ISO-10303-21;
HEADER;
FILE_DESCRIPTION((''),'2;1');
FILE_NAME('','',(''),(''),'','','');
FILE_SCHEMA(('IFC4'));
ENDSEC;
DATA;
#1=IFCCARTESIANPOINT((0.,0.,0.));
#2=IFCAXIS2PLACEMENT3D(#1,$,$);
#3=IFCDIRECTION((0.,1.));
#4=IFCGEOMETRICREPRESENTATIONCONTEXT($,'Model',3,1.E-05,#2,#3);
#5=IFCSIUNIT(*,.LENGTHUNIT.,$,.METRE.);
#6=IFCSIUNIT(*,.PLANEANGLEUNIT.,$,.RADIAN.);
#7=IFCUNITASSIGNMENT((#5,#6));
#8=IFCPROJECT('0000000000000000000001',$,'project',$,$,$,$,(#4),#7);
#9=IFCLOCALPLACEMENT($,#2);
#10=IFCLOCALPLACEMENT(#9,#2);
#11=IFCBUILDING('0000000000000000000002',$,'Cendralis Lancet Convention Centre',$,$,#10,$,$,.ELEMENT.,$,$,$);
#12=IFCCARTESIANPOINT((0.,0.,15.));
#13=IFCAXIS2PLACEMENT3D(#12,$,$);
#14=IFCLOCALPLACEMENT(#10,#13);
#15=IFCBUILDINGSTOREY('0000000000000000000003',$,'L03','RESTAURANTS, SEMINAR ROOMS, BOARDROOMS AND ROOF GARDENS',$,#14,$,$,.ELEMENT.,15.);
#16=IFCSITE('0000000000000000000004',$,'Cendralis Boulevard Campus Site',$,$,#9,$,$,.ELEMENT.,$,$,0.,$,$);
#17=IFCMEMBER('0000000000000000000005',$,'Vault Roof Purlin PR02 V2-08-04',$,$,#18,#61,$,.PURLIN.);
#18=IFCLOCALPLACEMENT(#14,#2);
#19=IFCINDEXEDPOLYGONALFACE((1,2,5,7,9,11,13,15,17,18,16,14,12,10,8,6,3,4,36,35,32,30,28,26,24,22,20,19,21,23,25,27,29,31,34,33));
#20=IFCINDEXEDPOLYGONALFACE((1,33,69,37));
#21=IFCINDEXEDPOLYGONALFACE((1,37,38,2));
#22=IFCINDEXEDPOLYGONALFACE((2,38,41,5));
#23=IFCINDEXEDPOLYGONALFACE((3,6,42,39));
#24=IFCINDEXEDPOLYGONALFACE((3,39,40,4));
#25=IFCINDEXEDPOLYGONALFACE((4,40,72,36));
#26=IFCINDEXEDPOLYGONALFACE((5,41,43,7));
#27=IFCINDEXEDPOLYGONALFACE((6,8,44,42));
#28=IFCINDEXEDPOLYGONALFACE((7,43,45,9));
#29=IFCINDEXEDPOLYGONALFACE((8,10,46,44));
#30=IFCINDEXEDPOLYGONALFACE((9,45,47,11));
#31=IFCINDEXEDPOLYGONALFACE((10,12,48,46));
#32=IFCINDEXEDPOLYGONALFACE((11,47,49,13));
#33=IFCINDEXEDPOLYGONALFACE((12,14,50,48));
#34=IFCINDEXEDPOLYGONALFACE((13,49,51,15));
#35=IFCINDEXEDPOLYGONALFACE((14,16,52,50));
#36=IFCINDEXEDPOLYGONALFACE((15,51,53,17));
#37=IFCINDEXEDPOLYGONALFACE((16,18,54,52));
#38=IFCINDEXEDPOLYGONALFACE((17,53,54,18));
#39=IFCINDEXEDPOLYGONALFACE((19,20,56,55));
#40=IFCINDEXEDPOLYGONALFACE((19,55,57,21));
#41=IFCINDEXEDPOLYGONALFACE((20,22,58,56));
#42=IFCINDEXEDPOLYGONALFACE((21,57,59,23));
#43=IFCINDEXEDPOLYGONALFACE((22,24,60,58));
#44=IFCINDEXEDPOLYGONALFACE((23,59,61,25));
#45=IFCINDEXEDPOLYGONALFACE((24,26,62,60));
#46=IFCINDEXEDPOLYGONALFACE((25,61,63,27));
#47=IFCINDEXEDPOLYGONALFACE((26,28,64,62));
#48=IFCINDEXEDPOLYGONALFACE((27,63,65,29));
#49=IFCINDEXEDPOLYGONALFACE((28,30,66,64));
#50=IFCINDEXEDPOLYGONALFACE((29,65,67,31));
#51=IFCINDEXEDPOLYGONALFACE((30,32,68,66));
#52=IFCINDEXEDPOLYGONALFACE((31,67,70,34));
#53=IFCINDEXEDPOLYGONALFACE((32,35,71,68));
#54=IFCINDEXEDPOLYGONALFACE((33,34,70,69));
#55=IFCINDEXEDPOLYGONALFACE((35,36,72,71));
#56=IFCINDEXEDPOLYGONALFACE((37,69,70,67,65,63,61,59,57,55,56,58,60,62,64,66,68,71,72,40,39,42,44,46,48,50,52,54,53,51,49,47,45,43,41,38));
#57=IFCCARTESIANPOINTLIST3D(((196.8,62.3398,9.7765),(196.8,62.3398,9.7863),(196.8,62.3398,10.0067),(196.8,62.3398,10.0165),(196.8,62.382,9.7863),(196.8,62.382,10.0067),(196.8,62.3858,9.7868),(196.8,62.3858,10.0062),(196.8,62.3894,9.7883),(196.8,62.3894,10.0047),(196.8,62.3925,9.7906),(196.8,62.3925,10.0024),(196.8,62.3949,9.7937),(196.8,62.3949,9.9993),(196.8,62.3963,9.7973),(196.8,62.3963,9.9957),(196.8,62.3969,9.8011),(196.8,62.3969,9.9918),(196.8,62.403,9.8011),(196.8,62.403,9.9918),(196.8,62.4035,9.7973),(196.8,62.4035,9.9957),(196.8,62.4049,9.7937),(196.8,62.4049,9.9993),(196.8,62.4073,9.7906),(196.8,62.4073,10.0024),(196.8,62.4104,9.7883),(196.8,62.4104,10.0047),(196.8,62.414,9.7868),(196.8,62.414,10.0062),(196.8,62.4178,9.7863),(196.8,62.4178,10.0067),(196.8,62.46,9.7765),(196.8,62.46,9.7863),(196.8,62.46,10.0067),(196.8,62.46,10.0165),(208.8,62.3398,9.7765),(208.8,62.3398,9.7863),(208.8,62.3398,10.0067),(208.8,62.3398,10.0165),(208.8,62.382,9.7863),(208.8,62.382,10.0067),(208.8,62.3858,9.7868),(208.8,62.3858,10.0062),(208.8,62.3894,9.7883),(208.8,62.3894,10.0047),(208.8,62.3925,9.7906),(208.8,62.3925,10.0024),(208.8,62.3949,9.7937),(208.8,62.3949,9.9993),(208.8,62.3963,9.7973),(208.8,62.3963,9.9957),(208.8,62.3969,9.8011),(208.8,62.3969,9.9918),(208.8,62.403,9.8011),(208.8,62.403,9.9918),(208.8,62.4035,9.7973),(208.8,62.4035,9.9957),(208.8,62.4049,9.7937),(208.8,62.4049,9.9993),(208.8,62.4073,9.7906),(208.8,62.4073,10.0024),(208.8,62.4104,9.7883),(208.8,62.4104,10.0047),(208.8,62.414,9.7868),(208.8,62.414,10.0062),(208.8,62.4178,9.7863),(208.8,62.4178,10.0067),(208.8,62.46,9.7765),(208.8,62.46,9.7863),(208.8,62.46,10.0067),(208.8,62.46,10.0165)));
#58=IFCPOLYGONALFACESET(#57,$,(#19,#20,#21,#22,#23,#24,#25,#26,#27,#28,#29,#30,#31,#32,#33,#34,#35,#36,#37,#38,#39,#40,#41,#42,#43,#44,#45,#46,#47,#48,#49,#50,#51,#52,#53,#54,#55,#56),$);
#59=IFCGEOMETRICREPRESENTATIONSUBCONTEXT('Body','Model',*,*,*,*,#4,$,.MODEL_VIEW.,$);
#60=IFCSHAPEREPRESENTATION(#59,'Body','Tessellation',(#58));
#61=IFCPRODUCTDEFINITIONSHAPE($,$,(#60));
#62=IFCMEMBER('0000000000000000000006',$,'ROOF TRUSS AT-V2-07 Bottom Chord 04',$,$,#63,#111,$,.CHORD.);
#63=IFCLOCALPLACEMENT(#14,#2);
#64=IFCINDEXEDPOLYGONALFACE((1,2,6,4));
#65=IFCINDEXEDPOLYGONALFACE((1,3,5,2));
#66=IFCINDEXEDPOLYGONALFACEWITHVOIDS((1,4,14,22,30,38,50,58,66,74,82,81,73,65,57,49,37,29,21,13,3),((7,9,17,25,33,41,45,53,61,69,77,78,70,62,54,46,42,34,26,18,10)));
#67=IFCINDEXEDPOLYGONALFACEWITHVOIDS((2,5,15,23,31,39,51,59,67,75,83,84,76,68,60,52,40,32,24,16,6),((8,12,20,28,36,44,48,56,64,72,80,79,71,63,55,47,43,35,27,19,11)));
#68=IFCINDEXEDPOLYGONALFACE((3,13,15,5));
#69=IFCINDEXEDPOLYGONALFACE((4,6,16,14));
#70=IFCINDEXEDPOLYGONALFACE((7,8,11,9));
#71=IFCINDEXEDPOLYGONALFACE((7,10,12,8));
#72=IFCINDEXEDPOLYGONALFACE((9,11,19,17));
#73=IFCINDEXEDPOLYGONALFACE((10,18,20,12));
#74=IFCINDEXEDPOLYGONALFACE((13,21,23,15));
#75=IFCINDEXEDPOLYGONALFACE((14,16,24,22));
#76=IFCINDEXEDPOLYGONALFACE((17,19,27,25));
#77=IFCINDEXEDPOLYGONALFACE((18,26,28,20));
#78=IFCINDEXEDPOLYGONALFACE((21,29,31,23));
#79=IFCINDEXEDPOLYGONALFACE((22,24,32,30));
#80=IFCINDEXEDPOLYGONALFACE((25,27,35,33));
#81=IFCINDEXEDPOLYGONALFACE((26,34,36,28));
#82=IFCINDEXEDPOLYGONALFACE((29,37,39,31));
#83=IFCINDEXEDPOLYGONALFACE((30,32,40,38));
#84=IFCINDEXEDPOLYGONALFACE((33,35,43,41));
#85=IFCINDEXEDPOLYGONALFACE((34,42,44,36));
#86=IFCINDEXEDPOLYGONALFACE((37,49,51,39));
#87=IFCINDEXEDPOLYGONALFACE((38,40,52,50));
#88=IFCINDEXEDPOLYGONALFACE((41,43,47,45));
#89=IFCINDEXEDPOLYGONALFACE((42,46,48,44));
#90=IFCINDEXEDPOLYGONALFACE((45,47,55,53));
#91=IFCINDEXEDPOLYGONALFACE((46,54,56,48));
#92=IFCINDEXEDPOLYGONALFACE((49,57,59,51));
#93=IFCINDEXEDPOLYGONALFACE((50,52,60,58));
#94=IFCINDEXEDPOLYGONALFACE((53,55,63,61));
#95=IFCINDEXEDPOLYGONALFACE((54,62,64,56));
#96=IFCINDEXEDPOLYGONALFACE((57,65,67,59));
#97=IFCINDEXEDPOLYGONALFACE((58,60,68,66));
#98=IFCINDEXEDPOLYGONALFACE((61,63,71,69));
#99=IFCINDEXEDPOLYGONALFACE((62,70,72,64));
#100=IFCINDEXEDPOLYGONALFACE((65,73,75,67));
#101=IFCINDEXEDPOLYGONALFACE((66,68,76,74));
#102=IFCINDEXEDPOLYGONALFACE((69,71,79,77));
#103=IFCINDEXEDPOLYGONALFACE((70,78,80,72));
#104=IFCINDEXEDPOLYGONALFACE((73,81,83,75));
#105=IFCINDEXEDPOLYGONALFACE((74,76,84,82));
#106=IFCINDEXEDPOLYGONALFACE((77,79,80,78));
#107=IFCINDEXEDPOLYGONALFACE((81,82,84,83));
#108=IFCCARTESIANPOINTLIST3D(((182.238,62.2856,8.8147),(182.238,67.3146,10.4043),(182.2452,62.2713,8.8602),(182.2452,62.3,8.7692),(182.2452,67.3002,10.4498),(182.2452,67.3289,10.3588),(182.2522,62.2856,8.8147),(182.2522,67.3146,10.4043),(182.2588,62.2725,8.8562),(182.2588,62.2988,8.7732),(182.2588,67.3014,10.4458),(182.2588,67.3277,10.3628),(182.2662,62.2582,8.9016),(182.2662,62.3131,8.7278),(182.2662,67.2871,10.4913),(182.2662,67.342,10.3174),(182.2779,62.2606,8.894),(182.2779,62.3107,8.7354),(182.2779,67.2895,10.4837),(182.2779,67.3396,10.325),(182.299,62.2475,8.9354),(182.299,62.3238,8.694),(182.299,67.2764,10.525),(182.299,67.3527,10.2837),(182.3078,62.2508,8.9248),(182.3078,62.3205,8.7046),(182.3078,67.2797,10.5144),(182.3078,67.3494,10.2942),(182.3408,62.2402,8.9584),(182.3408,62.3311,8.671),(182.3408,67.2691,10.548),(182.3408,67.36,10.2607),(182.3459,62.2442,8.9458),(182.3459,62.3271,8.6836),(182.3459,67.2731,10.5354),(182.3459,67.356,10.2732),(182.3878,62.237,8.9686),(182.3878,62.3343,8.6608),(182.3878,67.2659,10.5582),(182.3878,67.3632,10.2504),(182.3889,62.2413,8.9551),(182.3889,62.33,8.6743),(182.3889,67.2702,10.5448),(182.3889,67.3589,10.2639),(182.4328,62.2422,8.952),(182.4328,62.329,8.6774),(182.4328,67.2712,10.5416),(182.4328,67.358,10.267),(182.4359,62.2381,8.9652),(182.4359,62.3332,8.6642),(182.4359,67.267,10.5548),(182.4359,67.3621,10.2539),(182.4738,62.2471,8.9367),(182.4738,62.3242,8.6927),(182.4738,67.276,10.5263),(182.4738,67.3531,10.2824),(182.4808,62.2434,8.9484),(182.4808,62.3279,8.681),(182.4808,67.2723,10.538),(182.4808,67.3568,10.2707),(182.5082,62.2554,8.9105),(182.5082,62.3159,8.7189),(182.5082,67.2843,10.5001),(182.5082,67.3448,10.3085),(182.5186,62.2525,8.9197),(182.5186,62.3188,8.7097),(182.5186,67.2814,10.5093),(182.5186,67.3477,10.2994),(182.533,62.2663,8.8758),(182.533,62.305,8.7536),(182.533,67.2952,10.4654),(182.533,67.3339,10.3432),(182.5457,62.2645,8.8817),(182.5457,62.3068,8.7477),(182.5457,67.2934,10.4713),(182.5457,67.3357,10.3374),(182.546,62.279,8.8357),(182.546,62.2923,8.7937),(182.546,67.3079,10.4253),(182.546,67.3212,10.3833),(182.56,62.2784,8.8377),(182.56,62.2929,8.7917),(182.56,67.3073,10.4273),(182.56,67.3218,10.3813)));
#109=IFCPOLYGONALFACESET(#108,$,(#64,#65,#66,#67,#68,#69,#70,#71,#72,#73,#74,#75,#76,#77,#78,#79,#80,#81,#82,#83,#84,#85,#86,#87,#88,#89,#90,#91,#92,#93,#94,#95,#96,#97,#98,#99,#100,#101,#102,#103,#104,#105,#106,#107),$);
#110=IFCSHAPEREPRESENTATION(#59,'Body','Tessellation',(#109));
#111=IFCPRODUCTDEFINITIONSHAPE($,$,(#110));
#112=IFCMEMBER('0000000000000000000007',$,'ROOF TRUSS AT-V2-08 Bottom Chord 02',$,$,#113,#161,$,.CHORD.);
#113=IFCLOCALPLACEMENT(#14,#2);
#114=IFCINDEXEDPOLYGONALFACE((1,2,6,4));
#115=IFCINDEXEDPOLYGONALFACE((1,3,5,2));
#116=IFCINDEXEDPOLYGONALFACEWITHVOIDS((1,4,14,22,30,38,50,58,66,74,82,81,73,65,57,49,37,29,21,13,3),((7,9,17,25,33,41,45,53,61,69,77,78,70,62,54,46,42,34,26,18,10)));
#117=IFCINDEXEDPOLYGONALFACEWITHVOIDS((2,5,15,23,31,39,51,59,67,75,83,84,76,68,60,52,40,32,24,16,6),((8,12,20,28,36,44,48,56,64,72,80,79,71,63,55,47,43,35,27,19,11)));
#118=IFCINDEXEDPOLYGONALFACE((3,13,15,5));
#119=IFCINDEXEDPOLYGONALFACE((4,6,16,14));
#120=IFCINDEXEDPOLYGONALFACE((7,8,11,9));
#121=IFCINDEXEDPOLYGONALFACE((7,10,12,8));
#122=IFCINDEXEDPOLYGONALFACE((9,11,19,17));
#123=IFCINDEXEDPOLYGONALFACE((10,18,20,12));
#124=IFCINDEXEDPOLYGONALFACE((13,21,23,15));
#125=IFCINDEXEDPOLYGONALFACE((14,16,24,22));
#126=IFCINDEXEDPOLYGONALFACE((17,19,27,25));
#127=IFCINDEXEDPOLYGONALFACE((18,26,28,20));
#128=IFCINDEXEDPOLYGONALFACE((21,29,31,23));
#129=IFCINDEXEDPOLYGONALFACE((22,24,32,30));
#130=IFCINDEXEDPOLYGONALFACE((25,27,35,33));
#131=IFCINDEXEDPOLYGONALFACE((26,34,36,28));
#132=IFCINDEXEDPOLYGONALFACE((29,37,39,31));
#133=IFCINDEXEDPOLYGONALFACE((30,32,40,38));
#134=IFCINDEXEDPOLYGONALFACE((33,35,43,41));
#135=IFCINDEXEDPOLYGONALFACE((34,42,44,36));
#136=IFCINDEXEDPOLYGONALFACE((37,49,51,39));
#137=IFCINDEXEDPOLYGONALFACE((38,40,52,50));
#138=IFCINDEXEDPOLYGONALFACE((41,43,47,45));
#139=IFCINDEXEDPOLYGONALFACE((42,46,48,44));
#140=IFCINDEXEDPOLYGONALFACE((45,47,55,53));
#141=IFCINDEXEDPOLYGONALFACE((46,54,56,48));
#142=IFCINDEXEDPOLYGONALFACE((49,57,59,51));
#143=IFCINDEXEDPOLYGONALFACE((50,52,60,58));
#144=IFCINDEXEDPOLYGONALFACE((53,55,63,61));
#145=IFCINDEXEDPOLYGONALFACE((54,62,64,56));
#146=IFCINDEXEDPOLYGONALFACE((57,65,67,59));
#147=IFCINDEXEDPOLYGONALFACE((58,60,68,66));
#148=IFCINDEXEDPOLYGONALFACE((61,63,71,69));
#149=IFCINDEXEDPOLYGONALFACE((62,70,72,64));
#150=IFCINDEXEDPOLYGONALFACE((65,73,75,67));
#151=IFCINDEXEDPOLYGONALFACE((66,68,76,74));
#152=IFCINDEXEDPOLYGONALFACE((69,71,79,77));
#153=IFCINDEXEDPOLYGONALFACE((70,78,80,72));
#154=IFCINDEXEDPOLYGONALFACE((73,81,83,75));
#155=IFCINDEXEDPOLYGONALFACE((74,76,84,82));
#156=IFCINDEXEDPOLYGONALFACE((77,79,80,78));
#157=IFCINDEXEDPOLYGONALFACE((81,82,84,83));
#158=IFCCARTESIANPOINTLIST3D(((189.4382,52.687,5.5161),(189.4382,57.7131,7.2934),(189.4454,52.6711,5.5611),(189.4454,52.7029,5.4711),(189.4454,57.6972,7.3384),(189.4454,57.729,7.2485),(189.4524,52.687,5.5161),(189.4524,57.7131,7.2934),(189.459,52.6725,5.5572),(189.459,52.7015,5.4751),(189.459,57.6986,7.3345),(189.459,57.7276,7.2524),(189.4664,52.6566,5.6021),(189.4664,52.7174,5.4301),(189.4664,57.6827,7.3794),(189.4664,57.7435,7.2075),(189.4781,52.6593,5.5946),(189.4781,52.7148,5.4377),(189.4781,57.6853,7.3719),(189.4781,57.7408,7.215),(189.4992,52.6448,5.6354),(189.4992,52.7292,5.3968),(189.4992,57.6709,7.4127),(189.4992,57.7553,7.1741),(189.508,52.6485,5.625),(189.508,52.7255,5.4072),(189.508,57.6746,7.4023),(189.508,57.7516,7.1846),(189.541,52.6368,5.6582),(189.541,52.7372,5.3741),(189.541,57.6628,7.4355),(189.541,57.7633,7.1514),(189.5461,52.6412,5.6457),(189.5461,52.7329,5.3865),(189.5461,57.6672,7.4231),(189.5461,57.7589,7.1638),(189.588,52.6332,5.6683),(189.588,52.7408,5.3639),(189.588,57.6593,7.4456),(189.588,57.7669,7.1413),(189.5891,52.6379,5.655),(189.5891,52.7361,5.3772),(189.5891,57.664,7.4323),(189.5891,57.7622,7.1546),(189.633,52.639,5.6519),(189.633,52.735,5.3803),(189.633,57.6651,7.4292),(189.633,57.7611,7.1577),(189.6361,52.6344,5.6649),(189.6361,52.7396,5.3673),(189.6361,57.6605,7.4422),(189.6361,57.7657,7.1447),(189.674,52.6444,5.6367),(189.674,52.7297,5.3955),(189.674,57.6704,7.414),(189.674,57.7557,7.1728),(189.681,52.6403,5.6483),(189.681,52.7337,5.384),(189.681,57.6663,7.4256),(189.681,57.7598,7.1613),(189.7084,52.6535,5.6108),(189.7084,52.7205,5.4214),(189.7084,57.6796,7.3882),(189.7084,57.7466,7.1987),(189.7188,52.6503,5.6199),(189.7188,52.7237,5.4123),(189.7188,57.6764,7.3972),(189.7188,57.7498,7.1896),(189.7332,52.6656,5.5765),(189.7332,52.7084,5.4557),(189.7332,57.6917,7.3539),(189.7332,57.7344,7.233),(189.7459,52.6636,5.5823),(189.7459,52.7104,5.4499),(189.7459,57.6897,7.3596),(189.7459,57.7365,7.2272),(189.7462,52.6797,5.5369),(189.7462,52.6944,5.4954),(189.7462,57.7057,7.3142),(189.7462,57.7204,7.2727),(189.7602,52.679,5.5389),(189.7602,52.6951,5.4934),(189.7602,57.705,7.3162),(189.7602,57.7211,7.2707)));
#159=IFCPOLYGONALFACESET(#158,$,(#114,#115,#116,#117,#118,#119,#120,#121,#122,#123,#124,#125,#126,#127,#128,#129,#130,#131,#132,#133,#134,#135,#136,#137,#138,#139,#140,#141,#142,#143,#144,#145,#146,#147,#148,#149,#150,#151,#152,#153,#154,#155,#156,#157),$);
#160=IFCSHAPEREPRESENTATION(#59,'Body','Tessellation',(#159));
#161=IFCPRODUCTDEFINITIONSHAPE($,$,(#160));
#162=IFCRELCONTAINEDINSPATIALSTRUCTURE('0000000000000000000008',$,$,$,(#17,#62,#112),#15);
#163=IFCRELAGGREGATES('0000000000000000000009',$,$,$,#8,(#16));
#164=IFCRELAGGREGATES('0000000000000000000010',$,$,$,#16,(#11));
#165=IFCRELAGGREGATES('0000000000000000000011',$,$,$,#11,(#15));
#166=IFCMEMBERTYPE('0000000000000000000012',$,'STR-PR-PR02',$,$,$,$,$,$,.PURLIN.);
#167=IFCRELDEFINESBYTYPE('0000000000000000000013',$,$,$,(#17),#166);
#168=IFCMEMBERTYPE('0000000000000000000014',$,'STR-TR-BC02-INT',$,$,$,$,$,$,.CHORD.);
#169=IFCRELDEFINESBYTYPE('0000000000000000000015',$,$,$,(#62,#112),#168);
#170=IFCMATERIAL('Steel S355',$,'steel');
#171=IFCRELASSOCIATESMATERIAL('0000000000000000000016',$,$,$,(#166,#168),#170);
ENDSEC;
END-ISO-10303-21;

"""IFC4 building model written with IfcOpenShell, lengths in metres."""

from ifc_helpers import new_model, si_unit, direction, frame, origin, origin_2d, place, context, subcontext, project, spatial, hollow_circle, i_section, extrude, material, material_profile, profile_set, type_object, element, save


model = new_model("IFC4")

# Units and contexts
model_context = context("Model", 3, precision=1e-05, world=origin(), true_north=direction((0.0, 1.0)))
body_context = subcontext(model_context, "Body", "Model", "MODEL_VIEW")
ifc_project = project(units=[si_unit("LENGTHUNIT", "METRE"), si_unit("PLANEANGLEUNIT", "RADIAN")], contexts=[model_context])

# Site, building, storey
site_placement = place(None, origin())
site = spatial("IfcSite", under=ifc_project, at=site_placement, Name="Cendralis Boulevard Campus Site", CompositionType="ELEMENT", RefElevation=0.0)
building_placement = place(site_placement, origin())
building = spatial("IfcBuilding", under=site, at=building_placement, Name="Cendralis Lancet Convention Centre", CompositionType="ELEMENT")
storey_placement = place(building_placement, frame((0.0, 0.0, 15.0)))
storey = spatial("IfcBuildingStorey", under=building, at=storey_placement, Name="L03", Description="RESTAURANTS, SEMINAR ROOMS, BOARDROOMS AND ROOF GARDENS", CompositionType="ELEMENT", Elevation=15.0)

# Members
ifc_material = material(Name="Steel S355", Category="steel")
ifc_material_profile_1 = material_profile(ifc_material, i_section(OverallWidth=0.1201, OverallDepth=0.24, WebThickness=0.0061, FlangeThickness=0.0098, FilletRadius=0.0149, at=origin_2d()), Name="IPE 240")
ifc_profile_set_1 = profile_set([ifc_material_profile_1], Name="Steel S355")
member_type_1 = type_object("IfcMemberType", Name="STR-PR-PR02", PredefinedType="PURLIN", material=ifc_profile_set_1)
for number, where, z_axis, x_axis, name in (
    (1, (196.8, 62.3999, 9.8965), (1.0, 0.0, 0.0), (0.0, 1.0, 0.0), "Vault Roof Purlin PR02 V2-08-04"),
):
    element("IfcMember", number, at=place(storey_placement, frame(where, z_axis=z_axis, x_axis=x_axis)), inside=storey, type_object=member_type_1, Name=name, PredefinedType="PURLIN", context=body_context, shape_type="SweptSolid", body=[
        extrude(i_section(OverallWidth=0.1201, OverallDepth=0.24, WebThickness=0.0061, FlangeThickness=0.0098, FilletRadius=0.0149, at=origin_2d()), origin(), (0.0, 0.0, 1.0), 12.0),
    ])
ifc_material_profile_2 = material_profile(ifc_material, hollow_circle(Radius=0.1619, WallThickness=0.0142, at=origin_2d()), Name="CHS 323.9x14.2")
ifc_profile_set_2 = profile_set([ifc_material_profile_2], Name="Steel S355")
member_type_2 = type_object("IfcMemberType", Name="STR-TR-BC02-INT", PredefinedType="CHORD", material=ifc_profile_set_2)
member_1_placement = place(storey_placement, frame((182.3999, 62.2856, 8.8147), z_axis=(0.0, 0.953498, 0.301399), x_axis=(-1.0, 0.0, 0.0)))
element("IfcMember", 2, at=member_1_placement, inside=storey, type_object=member_type_2, Name="ROOF TRUSS AT-V2-07 Bottom Chord 04", PredefinedType="CHORD", context=body_context, shape_type="SweptSolid", body=[
    extrude(hollow_circle(Radius=0.1619, WallThickness=0.0142, at=origin_2d()), origin(), (0.0, 0.0, 1.0), 5.2742),
])
member_2_placement = place(storey_placement, frame((189.6001, 52.687, 5.5161), z_axis=(0.0, 0.942789, 0.33339), x_axis=(-1.0, 0.0, 0.0)))
element("IfcMember", 3, at=member_2_placement, inside=storey, type_object=member_type_2, Name="ROOF TRUSS AT-V2-08 Bottom Chord 02", PredefinedType="CHORD", context=body_context, shape_type="SweptSolid", body=[
    extrude(hollow_circle(Radius=0.1619, WallThickness=0.0142, at=origin_2d()), origin(), (0.0, 0.0, 1.0), 5.3311),
])

save(model, "model.ifc")
